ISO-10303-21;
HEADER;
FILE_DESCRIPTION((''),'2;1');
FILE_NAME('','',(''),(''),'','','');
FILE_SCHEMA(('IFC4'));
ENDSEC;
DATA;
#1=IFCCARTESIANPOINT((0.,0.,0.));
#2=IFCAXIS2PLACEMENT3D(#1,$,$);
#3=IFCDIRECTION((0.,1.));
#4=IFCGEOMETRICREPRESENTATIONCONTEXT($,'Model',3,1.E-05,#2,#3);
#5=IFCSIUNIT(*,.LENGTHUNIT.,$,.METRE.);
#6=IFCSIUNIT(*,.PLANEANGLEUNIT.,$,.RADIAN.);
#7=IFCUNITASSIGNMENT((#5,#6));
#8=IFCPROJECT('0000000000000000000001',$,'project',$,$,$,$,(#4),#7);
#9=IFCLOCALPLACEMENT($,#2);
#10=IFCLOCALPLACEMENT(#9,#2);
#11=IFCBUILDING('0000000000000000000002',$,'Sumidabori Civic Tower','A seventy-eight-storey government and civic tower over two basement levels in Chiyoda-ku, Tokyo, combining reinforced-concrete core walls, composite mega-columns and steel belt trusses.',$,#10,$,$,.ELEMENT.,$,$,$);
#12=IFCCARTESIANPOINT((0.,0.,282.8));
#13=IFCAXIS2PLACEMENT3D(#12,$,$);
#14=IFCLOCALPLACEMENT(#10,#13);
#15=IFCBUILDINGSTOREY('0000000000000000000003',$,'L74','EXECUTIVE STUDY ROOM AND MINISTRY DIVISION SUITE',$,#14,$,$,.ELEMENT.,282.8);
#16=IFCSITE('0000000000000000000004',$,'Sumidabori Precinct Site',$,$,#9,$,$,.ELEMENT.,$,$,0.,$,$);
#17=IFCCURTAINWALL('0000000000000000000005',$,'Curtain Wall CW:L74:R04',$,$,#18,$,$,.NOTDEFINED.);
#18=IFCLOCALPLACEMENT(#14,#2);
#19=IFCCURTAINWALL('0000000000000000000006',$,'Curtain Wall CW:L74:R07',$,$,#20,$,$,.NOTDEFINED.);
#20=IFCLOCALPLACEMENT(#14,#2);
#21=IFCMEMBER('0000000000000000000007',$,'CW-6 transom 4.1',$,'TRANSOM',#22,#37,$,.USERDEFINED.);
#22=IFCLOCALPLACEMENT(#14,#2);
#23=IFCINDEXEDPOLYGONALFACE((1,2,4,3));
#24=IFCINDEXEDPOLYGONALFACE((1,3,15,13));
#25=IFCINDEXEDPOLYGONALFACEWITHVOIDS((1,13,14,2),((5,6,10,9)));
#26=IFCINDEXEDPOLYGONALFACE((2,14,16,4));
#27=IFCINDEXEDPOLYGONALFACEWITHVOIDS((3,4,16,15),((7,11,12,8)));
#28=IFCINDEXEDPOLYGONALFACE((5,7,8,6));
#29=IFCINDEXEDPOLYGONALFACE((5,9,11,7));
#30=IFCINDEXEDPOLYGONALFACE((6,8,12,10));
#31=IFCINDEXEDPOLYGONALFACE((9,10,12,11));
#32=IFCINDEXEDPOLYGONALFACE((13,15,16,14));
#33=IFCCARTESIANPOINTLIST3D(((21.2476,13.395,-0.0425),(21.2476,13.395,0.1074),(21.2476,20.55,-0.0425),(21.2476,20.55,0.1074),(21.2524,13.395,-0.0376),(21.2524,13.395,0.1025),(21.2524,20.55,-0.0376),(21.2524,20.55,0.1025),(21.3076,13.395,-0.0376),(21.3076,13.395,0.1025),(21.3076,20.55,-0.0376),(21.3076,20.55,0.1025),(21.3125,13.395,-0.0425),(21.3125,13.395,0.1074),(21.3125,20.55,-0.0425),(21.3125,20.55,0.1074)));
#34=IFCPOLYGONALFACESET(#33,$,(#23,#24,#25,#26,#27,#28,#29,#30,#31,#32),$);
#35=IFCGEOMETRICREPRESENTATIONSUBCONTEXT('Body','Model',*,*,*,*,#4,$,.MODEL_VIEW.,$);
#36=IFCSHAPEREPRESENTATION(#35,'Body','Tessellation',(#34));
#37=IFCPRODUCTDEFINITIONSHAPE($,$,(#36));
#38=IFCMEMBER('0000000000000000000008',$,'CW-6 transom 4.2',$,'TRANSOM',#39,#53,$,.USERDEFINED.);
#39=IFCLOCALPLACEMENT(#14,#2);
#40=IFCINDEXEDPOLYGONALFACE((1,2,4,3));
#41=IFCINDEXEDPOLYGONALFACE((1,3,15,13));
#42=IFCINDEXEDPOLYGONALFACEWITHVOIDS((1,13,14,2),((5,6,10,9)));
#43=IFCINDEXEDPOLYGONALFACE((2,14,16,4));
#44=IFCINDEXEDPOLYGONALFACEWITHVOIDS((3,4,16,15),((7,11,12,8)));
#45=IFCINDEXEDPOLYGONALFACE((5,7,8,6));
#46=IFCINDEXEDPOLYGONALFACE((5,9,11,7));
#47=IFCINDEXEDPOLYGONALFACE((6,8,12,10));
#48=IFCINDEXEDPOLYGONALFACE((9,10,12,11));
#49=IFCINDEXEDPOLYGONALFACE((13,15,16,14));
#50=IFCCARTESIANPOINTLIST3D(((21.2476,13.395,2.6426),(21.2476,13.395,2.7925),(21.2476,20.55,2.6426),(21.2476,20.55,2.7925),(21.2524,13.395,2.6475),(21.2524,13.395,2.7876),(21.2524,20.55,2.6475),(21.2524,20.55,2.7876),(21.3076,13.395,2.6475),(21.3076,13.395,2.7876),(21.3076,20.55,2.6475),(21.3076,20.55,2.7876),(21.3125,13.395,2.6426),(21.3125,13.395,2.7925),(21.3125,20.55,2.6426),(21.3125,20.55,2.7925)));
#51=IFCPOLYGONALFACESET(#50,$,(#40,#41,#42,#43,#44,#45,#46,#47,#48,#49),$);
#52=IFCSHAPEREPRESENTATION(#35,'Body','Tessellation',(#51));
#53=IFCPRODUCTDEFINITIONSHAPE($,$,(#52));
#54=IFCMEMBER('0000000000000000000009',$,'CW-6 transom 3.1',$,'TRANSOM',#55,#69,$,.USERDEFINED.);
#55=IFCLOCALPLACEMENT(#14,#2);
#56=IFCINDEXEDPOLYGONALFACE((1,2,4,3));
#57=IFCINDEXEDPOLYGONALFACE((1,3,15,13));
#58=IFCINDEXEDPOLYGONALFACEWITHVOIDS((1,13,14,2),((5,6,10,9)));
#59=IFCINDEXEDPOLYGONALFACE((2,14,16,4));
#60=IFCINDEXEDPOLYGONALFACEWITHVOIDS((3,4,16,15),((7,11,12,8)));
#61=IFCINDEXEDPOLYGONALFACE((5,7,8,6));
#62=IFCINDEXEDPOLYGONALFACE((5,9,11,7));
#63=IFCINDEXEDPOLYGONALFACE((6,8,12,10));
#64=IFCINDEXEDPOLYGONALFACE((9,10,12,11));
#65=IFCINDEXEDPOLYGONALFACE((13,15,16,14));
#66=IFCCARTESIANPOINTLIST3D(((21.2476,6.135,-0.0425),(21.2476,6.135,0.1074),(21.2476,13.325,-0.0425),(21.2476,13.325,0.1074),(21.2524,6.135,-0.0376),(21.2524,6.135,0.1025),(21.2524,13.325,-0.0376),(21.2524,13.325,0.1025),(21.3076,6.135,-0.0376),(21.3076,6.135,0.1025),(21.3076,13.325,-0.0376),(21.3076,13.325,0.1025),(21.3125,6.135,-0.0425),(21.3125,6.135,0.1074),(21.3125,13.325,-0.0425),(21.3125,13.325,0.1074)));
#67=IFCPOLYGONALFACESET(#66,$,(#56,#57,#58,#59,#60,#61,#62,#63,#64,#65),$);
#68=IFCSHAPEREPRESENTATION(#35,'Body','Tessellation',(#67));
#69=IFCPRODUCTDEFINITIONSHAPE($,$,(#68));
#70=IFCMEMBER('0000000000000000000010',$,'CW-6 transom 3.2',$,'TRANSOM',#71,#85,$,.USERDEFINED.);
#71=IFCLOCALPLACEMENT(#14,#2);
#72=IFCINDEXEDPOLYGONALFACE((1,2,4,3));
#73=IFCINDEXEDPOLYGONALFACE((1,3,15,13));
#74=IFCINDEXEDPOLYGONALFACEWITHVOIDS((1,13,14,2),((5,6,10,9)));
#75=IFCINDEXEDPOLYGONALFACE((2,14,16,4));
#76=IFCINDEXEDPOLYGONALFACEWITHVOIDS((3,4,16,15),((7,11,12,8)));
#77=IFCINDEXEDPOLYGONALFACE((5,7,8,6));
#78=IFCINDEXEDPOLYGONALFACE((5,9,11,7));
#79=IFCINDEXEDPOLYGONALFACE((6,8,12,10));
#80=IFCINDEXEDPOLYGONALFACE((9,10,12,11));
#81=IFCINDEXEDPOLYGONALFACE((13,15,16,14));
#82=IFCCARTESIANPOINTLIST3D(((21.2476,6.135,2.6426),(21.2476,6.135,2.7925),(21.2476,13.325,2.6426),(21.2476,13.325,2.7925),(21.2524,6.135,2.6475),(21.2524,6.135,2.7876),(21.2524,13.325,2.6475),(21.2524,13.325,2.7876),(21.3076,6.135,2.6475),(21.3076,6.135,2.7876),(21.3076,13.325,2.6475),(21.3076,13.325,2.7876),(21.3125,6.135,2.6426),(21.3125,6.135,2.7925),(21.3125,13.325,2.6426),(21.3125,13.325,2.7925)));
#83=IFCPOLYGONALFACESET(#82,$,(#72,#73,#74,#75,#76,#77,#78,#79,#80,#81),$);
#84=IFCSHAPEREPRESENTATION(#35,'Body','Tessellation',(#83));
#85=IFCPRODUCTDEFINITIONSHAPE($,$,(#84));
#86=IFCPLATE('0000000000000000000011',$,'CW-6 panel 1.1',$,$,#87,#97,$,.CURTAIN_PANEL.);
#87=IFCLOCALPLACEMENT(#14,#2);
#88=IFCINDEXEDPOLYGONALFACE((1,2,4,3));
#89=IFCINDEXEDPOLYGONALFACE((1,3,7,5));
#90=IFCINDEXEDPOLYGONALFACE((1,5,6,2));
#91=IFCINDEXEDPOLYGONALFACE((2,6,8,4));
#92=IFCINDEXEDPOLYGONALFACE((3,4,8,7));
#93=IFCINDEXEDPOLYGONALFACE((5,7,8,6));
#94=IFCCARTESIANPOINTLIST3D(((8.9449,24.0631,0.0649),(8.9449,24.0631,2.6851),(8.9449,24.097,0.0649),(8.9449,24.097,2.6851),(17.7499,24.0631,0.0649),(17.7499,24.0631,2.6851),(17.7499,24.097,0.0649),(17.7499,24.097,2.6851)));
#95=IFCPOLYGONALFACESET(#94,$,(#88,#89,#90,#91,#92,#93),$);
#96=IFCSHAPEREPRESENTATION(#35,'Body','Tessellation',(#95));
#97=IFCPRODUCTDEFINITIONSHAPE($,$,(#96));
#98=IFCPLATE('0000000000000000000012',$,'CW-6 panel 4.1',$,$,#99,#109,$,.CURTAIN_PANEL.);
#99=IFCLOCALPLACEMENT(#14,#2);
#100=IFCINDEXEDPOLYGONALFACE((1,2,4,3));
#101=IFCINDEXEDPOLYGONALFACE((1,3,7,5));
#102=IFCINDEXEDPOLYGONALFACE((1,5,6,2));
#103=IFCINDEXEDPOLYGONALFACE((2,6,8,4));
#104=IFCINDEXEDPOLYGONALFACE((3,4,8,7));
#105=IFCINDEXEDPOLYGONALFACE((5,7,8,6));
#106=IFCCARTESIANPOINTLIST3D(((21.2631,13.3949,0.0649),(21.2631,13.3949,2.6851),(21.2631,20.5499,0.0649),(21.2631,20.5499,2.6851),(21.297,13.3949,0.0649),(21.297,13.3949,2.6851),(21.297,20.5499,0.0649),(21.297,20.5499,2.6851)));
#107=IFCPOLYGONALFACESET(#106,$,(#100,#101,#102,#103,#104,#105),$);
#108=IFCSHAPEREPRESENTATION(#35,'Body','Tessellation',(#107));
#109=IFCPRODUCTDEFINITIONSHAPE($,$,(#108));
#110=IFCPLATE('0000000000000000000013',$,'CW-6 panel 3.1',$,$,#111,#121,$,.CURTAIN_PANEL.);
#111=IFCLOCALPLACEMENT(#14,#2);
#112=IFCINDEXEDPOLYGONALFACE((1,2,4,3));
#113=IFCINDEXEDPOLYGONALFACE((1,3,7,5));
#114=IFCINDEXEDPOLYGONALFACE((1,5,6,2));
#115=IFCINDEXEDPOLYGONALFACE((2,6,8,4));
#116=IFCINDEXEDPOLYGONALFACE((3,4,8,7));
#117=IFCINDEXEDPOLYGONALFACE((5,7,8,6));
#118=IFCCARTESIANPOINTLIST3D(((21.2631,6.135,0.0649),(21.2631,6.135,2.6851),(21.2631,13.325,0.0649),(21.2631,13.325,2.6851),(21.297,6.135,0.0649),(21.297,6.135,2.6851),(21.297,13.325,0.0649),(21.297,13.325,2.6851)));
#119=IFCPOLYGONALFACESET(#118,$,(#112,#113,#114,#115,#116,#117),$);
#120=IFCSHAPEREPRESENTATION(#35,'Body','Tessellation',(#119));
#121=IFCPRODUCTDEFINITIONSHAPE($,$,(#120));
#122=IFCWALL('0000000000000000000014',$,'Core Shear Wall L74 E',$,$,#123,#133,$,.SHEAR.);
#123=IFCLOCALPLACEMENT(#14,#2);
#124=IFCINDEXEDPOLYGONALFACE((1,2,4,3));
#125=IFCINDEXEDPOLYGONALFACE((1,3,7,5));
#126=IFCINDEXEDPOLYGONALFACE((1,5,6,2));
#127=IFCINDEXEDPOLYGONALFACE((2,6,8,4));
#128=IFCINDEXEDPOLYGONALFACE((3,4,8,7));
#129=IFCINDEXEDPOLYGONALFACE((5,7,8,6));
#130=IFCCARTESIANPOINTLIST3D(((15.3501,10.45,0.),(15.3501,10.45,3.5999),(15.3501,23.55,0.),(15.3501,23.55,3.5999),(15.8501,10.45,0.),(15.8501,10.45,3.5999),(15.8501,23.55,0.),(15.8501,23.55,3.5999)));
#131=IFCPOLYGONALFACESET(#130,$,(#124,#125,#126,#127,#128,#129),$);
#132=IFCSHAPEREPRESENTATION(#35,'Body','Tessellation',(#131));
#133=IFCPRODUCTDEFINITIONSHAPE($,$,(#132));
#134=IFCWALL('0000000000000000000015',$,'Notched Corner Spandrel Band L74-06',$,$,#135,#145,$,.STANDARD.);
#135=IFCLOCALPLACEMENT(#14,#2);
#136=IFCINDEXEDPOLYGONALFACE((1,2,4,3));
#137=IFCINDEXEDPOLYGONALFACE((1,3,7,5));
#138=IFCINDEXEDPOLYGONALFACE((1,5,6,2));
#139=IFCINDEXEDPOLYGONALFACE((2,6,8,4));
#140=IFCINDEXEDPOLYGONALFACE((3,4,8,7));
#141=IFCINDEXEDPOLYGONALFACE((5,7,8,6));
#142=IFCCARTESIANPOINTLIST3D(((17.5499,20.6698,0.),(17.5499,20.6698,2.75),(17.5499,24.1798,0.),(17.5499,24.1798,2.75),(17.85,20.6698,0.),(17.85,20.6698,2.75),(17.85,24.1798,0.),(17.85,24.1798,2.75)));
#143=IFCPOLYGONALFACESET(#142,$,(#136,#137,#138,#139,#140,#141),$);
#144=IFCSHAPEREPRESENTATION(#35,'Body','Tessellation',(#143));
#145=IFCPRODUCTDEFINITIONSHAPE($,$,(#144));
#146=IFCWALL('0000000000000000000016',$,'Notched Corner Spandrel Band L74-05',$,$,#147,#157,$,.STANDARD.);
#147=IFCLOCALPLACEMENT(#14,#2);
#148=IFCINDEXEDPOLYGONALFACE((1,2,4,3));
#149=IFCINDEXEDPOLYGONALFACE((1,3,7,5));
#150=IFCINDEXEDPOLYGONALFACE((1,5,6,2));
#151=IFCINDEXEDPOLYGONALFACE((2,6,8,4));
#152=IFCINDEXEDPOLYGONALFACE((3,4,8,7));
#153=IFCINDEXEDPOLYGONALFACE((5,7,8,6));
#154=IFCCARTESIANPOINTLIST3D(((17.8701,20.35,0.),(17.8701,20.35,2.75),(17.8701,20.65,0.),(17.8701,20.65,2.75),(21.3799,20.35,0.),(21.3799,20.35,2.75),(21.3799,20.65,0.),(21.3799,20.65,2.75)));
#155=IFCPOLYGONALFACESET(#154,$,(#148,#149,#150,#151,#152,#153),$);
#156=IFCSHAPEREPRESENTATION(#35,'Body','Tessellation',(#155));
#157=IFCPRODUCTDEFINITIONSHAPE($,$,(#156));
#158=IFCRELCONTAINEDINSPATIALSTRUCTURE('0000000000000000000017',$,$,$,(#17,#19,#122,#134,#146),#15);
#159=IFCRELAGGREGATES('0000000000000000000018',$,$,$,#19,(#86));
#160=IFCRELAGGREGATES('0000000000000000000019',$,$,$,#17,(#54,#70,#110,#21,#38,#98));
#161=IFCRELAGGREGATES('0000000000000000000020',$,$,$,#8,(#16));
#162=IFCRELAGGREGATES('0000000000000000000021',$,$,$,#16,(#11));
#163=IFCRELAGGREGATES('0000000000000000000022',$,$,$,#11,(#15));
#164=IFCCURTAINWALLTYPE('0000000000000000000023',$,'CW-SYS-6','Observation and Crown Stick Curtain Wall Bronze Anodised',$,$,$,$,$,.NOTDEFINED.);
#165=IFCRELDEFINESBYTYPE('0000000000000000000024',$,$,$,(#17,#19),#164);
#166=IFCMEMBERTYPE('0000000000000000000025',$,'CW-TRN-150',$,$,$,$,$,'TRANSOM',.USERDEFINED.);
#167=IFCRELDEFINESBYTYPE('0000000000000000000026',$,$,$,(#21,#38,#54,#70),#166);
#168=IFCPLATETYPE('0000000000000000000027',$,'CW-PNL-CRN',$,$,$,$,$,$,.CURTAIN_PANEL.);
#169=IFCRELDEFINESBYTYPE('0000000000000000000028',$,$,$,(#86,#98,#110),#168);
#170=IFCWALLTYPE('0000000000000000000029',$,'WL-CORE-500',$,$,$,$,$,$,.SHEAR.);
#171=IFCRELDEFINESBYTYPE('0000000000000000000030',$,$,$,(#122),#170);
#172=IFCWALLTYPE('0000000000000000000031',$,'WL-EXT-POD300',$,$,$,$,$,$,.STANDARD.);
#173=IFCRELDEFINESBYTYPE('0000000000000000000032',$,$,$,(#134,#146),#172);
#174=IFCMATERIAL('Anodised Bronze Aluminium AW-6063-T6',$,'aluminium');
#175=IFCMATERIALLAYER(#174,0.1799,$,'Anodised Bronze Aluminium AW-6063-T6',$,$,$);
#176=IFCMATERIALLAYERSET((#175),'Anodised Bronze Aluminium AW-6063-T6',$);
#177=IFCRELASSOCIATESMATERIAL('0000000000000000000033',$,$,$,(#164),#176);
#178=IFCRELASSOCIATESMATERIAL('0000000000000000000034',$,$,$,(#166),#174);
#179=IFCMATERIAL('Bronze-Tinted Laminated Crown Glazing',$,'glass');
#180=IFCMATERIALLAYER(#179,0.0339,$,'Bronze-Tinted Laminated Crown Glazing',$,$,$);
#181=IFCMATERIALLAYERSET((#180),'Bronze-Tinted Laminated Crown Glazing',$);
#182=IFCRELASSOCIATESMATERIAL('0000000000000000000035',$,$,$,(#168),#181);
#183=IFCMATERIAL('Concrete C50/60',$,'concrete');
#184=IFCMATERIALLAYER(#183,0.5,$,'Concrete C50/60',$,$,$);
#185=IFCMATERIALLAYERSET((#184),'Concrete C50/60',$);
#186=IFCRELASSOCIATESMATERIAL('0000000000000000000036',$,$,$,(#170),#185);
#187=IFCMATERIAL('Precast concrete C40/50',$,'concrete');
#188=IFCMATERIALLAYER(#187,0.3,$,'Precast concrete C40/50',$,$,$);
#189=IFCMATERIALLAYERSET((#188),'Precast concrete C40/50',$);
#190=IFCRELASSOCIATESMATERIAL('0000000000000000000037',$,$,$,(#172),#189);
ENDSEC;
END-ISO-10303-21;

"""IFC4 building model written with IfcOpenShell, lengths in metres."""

from ifc_helpers import new_model, si_unit, direction, frame, frame_2d, origin, origin_2d, place, context, subcontext, project, spatial, rectangle, hollow_rectangle, extrude, source, transform, mapped, material, layer, layer_set, material_profile, profile_set, type_object, element, aggregate, save


model = new_model("IFC4")

# Units and contexts
model_context = context("Model", 3, precision=1e-05, world=origin(), true_north=direction((0.0, 1.0)))
body_context = subcontext(model_context, "Body", "Model", "MODEL_VIEW")
ifc_project = project(units=[si_unit("LENGTHUNIT", "METRE"), si_unit("PLANEANGLEUNIT", "RADIAN")], contexts=[model_context])

# Site, building, storey
site_placement = place(None, origin())
site = spatial("IfcSite", under=ifc_project, at=site_placement, Name="Sumidabori Precinct Site", CompositionType="ELEMENT", RefElevation=0.0)
building_placement = place(site_placement, origin())
building = spatial("IfcBuilding", under=site, at=building_placement, Name="Sumidabori Civic Tower", Description="A seventy-eight-storey government and civic tower over two basement levels in Chiyoda-ku, Tokyo, combining reinforced-concrete core walls, composite mega-columns and steel belt trusses.", CompositionType="ELEMENT")
storey_placement = place(building_placement, frame((0.0, 0.0, 282.8)))
storey = spatial("IfcBuildingStorey", under=building, at=storey_placement, Name="L74", Description="EXECUTIVE STUDY ROOM AND MINISTRY DIVISION SUITE", CompositionType="ELEMENT", Elevation=282.8)

# Shared definitions
ifc_material_1 = material(Name="Concrete C50/60", Category="concrete")

# Curtain walls
ifc_material_2 = material(Name="Anodised Bronze Aluminium AW-6063-T6", Category="aluminium")
ifc_layer_1 = layer(ifc_material_2, 0.1799, Name="Anodised Bronze Aluminium AW-6063-T6")
ifc_layer_set_1 = layer_set([ifc_layer_1], Name="Anodised Bronze Aluminium AW-6063-T6")
curtain_wall_type = type_object("IfcCurtainWallType", Name="CW-SYS-6", Description="Observation and Crown Stick Curtain Wall Bronze Anodised", PredefinedType="NOTDEFINED", material=ifc_layer_set_1)
curtain_wall_1_placement = place(storey_placement, origin())
curtain_wall_1 = element("IfcCurtainWall", 1, at=curtain_wall_1_placement, inside=storey, type_object=curtain_wall_type, Name="Curtain Wall CW:L74:R04", PredefinedType="NOTDEFINED")
curtain_wall_2_placement = place(storey_placement, origin())
curtain_wall_2 = element("IfcCurtainWall", 2, at=curtain_wall_2_placement, inside=storey, type_object=curtain_wall_type, Name="Curtain Wall CW:L74:R07", PredefinedType="NOTDEFINED")
ifc_material_profile_1 = material_profile(ifc_material_2, hollow_rectangle(XDim=0.0649, YDim=0.1499, WallThickness=0.0049, at=origin_2d()), Name="ALU TRANSOM 150x65")
ifc_profile_set_1 = profile_set([ifc_material_profile_1], Name="Anodised Bronze Aluminium AW-6063-T6")
member_type_1 = type_object("IfcMemberType", Name="CW-TRN-150", ElementType="TRANSOM", PredefinedType="USERDEFINED", material=ifc_profile_set_1)

# Members
shared_shape_1 = source(origin(), body_context, "Body", "SweptSolid", [
    extrude(hollow_rectangle(XDim=0.0649, YDim=0.1499, WallThickness=0.0049, at=origin_2d()), origin(), (0.0, 0.0, 1.0), 7.155),
])
member_1_placement = place(storey_placement, frame((21.28, 13.395, 0.0325), z_axis=(0.0, 1.0, 0.0), x_axis=(-1.0, 0.0, 0.0)))
member_1 = element("IfcMember", 3, at=member_1_placement, type_object=member_type_1, Name="CW-6 transom 4.1", ObjectType="TRANSOM", PredefinedType="USERDEFINED", context=body_context, shape_type="MappedRepresentation", body=[
    mapped(shared_shape_1, transform((0.0, 0.0, 0.0), x_axis=(1.0, 0.0, 0.0), y_axis=(0.0, 1.0, 0.0), z_axis=(0.0, 0.0, 1.0), scale=1.0)),
])
member_2_placement = place(storey_placement, frame((21.28, 13.395, 2.7175), z_axis=(0.0, 1.0, 0.0), x_axis=(-1.0, 0.0, 0.0)))
member_2 = element("IfcMember", 4, at=member_2_placement, type_object=member_type_1, Name="CW-6 transom 4.2", ObjectType="TRANSOM", PredefinedType="USERDEFINED", context=body_context, shape_type="MappedRepresentation", body=[
    mapped(shared_shape_1, transform((0.0, 0.0, 0.0), x_axis=(1.0, 0.0, 0.0), y_axis=(0.0, 1.0, 0.0), z_axis=(0.0, 0.0, 1.0), scale=1.0)),
])
shared_shape_2 = source(origin(), body_context, "Body", "SweptSolid", [
    extrude(hollow_rectangle(XDim=0.0649, YDim=0.1499, WallThickness=0.0049, at=origin_2d()), origin(), (0.0, 0.0, 1.0), 7.1899),
])
member_3_placement = place(storey_placement, frame((21.28, 6.135, 0.0325), z_axis=(0.0, 1.0, 0.0), x_axis=(-1.0, 0.0, 0.0)))
member_3 = element("IfcMember", 5, at=member_3_placement, type_object=member_type_1, Name="CW-6 transom 3.1", ObjectType="TRANSOM", PredefinedType="USERDEFINED", context=body_context, shape_type="MappedRepresentation", body=[
    mapped(shared_shape_2, transform((0.0, 0.0, 0.0), x_axis=(1.0, 0.0, 0.0), y_axis=(0.0, 1.0, 0.0), z_axis=(0.0, 0.0, 1.0), scale=1.0)),
])
member_4_placement = place(storey_placement, frame((21.28, 6.135, 2.7175), z_axis=(0.0, 1.0, 0.0), x_axis=(-1.0, 0.0, 0.0)))
member_4 = element("IfcMember", 6, at=member_4_placement, type_object=member_type_1, Name="CW-6 transom 3.2", ObjectType="TRANSOM", PredefinedType="USERDEFINED", context=body_context, shape_type="MappedRepresentation", body=[
    mapped(shared_shape_2, transform((0.0, 0.0, 0.0), x_axis=(1.0, 0.0, 0.0), y_axis=(0.0, 1.0, 0.0), z_axis=(0.0, 0.0, 1.0), scale=1.0)),
])

# Plates
ifc_material_3 = material(Name="Bronze-Tinted Laminated Crown Glazing", Category="glass")
ifc_layer_2 = layer(ifc_material_3, 0.0339, Name="Bronze-Tinted Laminated Crown Glazing")
ifc_layer_set_2 = layer_set([ifc_layer_2], Name="Bronze-Tinted Laminated Crown Glazing")
plate_type = type_object("IfcPlateType", Name="CW-PNL-CRN", PredefinedType="CURTAIN_PANEL", material=ifc_layer_set_2)
shared_shape_3 = source(origin(), body_context, "Body", "SweptSolid", [
    extrude(rectangle(XDim=8.8049, YDim=0.0339, at=origin_2d()), origin(), (0.0, 0.0, 1.0), 2.6201),
])
plate_1_placement = place(storey_placement, frame((13.3474, 24.0801, 0.0649), z_axis=(0.0, 0.0, 1.0), x_axis=(-1.0, 0.0, 0.0)))
plate_1 = element("IfcPlate", 7, at=plate_1_placement, type_object=plate_type, Name="CW-6 panel 1.1", PredefinedType="CURTAIN_PANEL", context=body_context, shape_type="MappedRepresentation", body=[
    mapped(shared_shape_3, transform((0.0, 0.0, 0.0), x_axis=(1.0, 0.0, 0.0), y_axis=(0.0, 1.0, 0.0), z_axis=(0.0, 0.0, 1.0), scale=1.0)),
])
aggregate(curtain_wall_2, [plate_1])
shared_shape_4 = source(origin(), body_context, "Body", "SweptSolid", [
    extrude(rectangle(XDim=7.155, YDim=0.0339, at=origin_2d()), origin(), (0.0, 0.0, 1.0), 2.6201),
])
plate_2_placement = place(storey_placement, frame((21.28, 16.9724, 0.0649), z_axis=(0.0, 0.0, 1.0), x_axis=(0.0, 1.0, 0.0)))
plate_2 = element("IfcPlate", 8, at=plate_2_placement, type_object=plate_type, Name="CW-6 panel 4.1", PredefinedType="CURTAIN_PANEL", context=body_context, shape_type="MappedRepresentation", body=[
    mapped(shared_shape_4, transform((0.0, 0.0, 0.0), x_axis=(1.0, 0.0, 0.0), y_axis=(0.0, 1.0, 0.0), z_axis=(0.0, 0.0, 1.0), scale=1.0)),
])
shared_shape_5 = source(origin(), body_context, "Body", "SweptSolid", [
    extrude(rectangle(XDim=7.1899, YDim=0.0339, at=origin_2d()), origin(), (0.0, 0.0, 1.0), 2.6201),
])
plate_3_placement = place(storey_placement, frame((21.28, 9.73, 0.0649), z_axis=(0.0, 0.0, 1.0), x_axis=(0.0, 1.0, 0.0)))
plate_3 = element("IfcPlate", 9, at=plate_3_placement, type_object=plate_type, Name="CW-6 panel 3.1", PredefinedType="CURTAIN_PANEL", context=body_context, shape_type="MappedRepresentation", body=[
    mapped(shared_shape_5, transform((0.0, 0.0, 0.0), x_axis=(1.0, 0.0, 0.0), y_axis=(0.0, 1.0, 0.0), z_axis=(0.0, 0.0, 1.0), scale=1.0)),
])
aggregate(curtain_wall_1, [member_3, member_4, plate_3, member_1, member_2, plate_2])

# Walls
ifc_layer_3 = layer(ifc_material_1, 0.5, Name="Concrete C50/60")
ifc_layer_set_3 = layer_set([ifc_layer_3], Name="Concrete C50/60")
wall_type_1 = type_object("IfcWallType", Name="WL-CORE-500", PredefinedType="SHEAR", material=ifc_layer_set_3)
shared_shape_6 = source(origin(), body_context, "Body", "SweptSolid", [
    extrude(rectangle(XDim=13.1001, YDim=0.5, at=frame_2d((6.55, 0.0))), origin(), (0.0, 0.0, 1.0), 3.5999),
])
wall_1_placement = place(storey_placement, frame((15.6001, 10.45, 0.0), z_axis=(0.0, 0.0, 1.0), x_axis=(0.0, 1.0, 0.0)))
element("IfcWall", 10, at=wall_1_placement, inside=storey, type_object=wall_type_1, Name="Core Shear Wall L74 E", PredefinedType="SHEAR", context=body_context, shape_type="MappedRepresentation", body=[
    mapped(shared_shape_6, transform((0.0, 0.0, 0.0), x_axis=(1.0, 0.0, 0.0), y_axis=(0.0, 1.0, 0.0), z_axis=(0.0, 0.0, 1.0), scale=1.0)),
])
ifc_material_4 = material(Name="Precast concrete C40/50", Category="concrete")
ifc_layer_4 = layer(ifc_material_4, 0.3, Name="Precast concrete C40/50")
ifc_layer_set_4 = layer_set([ifc_layer_4], Name="Precast concrete C40/50")
wall_type_2 = type_object("IfcWallType", Name="WL-EXT-POD300", PredefinedType="STANDARD", material=ifc_layer_set_4)
shared_shape_7 = source(origin(), body_context, "Body", "SweptSolid", [
    extrude(rectangle(XDim=3.51, YDim=0.3, at=frame_2d((1.7549, 0.0))), origin(), (0.0, 0.0, 1.0), 2.75),
])
wall_2_placement = place(storey_placement, frame((17.7, 20.6699, 0.0), z_axis=(0.0, 0.0, 1.0), x_axis=(0.0, 1.0, 0.0)))
element("IfcWall", 11, at=wall_2_placement, inside=storey, type_object=wall_type_2, Name="Notched Corner Spandrel Band L74-06", PredefinedType="STANDARD", context=body_context, shape_type="MappedRepresentation", body=[
    mapped(shared_shape_7, transform((0.0, 0.0, 0.0), x_axis=(1.0, 0.0, 0.0), y_axis=(0.0, 1.0, 0.0), z_axis=(0.0, 0.0, 1.0), scale=1.0)),
])
shared_shape_8 = source(origin(), body_context, "Body", "SweptSolid", [
    extrude(rectangle(XDim=3.5098, YDim=0.3, at=frame_2d((1.7549, 0.0))), origin(), (0.0, 0.0, 1.0), 2.75),
])
wall_3_placement = place(storey_placement, frame((21.3799, 20.5, 0.0), z_axis=(0.0, 0.0, 1.0), x_axis=(-1.0, 0.0, 0.0)))
element("IfcWall", 12, at=wall_3_placement, inside=storey, type_object=wall_type_2, Name="Notched Corner Spandrel Band L74-05", PredefinedType="STANDARD", context=body_context, shape_type="MappedRepresentation", body=[
    mapped(shared_shape_8, transform((0.0, 0.0, 0.0), x_axis=(1.0, 0.0, 0.0), y_axis=(0.0, 1.0, 0.0), z_axis=(0.0, 0.0, 1.0), scale=1.0)),
])

save(model, "model.ifc")
